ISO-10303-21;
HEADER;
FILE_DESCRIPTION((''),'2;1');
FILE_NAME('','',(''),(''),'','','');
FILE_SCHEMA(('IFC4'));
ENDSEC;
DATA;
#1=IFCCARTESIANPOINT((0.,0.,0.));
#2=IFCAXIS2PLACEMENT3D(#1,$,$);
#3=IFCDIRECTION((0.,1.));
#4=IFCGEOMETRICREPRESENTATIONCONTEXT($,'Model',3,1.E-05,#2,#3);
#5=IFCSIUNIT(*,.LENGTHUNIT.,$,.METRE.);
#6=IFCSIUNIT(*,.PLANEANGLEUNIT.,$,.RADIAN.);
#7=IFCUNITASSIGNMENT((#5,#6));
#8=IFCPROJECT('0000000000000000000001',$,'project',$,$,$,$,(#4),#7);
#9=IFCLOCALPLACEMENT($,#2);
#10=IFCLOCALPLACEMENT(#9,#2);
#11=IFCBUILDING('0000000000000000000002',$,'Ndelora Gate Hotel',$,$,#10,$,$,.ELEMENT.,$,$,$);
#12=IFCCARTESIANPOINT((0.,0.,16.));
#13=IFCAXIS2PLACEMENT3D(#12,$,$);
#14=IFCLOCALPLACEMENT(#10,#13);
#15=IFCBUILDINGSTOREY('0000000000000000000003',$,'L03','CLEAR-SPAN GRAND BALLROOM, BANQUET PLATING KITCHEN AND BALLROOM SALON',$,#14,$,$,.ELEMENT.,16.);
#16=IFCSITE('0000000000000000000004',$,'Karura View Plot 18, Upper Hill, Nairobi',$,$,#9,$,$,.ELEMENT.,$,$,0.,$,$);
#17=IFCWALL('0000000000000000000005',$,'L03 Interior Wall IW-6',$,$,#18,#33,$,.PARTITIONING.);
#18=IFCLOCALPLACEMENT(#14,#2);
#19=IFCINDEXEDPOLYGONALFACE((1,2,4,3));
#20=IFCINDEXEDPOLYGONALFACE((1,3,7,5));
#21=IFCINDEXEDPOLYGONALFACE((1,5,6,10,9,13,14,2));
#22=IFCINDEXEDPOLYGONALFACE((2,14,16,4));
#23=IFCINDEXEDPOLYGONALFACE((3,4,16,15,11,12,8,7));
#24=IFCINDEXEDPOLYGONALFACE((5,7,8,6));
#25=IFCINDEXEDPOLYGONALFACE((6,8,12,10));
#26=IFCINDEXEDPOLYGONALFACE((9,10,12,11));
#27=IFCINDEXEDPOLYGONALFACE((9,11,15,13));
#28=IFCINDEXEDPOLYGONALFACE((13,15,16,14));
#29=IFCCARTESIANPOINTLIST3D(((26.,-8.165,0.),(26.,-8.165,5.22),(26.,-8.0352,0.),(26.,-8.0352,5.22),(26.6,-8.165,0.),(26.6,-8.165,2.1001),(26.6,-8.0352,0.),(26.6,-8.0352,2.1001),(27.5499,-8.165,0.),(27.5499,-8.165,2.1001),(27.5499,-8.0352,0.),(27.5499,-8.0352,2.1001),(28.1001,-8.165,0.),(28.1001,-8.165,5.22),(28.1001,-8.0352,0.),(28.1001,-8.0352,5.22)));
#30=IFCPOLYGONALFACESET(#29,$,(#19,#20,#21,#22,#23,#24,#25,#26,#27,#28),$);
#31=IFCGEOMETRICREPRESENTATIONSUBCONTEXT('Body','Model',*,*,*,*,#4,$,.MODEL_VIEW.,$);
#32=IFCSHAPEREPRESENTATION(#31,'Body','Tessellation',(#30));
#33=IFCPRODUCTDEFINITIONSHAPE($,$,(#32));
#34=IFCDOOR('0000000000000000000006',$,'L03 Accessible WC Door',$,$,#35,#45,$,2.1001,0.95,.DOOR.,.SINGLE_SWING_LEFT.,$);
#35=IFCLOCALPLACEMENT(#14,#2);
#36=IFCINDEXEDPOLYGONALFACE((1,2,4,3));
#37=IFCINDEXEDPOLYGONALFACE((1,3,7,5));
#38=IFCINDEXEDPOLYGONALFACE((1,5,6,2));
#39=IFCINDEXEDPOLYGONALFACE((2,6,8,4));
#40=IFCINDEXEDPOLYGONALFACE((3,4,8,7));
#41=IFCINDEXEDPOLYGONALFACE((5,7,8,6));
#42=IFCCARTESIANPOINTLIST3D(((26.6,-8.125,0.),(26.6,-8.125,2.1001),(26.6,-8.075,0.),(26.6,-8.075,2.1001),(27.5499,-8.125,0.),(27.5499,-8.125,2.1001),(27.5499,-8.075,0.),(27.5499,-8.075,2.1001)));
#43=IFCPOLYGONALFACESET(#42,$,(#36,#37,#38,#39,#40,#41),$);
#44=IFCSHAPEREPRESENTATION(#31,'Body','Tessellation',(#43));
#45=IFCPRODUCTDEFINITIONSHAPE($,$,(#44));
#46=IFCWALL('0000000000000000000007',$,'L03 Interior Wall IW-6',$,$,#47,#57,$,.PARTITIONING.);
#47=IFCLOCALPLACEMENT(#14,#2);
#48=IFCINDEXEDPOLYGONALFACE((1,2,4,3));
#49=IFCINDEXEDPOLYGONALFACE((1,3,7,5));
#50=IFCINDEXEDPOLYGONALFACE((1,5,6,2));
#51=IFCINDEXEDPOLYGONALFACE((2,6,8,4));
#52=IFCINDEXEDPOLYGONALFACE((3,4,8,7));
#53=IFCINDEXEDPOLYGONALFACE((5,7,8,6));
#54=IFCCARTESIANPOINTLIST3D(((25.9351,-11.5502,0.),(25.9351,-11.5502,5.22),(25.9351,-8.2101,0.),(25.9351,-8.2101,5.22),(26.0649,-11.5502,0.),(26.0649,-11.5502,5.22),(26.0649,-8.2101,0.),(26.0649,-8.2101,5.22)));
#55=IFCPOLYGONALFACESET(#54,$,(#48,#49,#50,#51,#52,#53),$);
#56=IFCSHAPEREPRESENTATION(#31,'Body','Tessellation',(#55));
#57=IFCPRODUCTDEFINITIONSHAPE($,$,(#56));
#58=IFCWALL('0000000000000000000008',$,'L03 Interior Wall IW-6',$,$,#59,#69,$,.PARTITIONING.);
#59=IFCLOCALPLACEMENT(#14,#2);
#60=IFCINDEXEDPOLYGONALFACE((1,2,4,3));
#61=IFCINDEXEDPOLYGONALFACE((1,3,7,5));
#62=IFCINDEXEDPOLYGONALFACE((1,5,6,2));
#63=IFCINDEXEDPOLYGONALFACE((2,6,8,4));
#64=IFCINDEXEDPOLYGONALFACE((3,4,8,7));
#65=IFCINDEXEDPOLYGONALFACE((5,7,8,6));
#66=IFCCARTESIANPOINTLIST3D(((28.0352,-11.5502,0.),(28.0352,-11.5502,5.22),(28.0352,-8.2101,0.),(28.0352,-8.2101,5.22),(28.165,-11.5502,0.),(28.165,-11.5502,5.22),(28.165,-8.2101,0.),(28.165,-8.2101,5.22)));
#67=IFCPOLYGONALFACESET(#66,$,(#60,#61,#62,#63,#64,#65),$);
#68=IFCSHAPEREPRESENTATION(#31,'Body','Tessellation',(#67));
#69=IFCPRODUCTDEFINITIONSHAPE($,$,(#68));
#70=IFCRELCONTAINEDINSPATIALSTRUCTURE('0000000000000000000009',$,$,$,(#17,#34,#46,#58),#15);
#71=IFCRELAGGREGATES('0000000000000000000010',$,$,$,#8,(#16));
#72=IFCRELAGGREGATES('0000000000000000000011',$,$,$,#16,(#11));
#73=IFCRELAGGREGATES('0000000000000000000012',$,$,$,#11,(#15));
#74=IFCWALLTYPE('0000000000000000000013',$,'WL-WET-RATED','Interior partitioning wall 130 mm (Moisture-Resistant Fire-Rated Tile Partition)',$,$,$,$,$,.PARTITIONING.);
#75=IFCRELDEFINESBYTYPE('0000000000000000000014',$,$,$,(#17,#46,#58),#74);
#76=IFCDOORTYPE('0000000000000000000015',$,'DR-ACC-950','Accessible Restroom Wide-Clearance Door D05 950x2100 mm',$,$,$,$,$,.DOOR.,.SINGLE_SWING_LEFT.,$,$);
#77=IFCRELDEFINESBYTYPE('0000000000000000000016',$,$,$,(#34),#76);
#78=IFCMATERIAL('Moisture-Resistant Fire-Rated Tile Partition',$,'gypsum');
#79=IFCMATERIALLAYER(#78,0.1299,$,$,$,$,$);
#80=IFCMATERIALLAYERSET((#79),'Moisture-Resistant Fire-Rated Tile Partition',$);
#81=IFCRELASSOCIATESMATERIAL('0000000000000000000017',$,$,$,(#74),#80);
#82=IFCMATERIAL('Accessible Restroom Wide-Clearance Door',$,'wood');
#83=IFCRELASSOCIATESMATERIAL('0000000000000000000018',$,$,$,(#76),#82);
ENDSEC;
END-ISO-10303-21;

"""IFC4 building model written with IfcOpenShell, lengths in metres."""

from ifc_helpers import new_model, si_unit, direction, frame, frame_2d, origin, place, context, subcontext, project, spatial, rectangle, extrude, material, layer, layer_set, type_object, element, fill, save


model = new_model("IFC4")

# Units and contexts
model_context = context("Model", 3, precision=1e-05, world=origin(), true_north=direction((0.0, 1.0)))
body_context = subcontext(model_context, "Body", "Model", "MODEL_VIEW")
ifc_project = project(units=[si_unit("LENGTHUNIT", "METRE"), si_unit("PLANEANGLEUNIT", "RADIAN")], contexts=[model_context])

# Site, building, storey
site_placement = place(None, origin())
site = spatial("IfcSite", under=ifc_project, at=site_placement, Name="Karura View Plot 18, Upper Hill, Nairobi", CompositionType="ELEMENT", RefElevation=0.0)
building_placement = place(site_placement, origin())
building = spatial("IfcBuilding", under=site, at=building_placement, Name="Ndelora Gate Hotel", CompositionType="ELEMENT")
storey_placement = place(building_placement, frame((0.0, 0.0, 16.0)))
storey = spatial("IfcBuildingStorey", under=building, at=storey_placement, Name="L03", Description="CLEAR-SPAN GRAND BALLROOM, BANQUET PLATING KITCHEN AND BALLROOM SALON", CompositionType="ELEMENT", Elevation=16.0)

# Shared definitions
ifc_material_1 = material(Name="Moisture-Resistant Fire-Rated Tile Partition", Category="gypsum")
ifc_layer_1 = layer(ifc_material_1, 0.1299)
ifc_layer_set_1 = layer_set([ifc_layer_1], Name="Moisture-Resistant Fire-Rated Tile Partition")
wall_type_1 = type_object("IfcWallType", Name="WL-WET-RATED", Description="Interior partitioning wall 130 mm (Moisture-Resistant Fire-Rated Tile Partition)", PredefinedType="PARTITIONING", material=ifc_layer_set_1)
ifc_material_2 = material(Name="Accessible Restroom Wide-Clearance Door", Category="wood")
door_type = type_object("IfcDoorType", Name="DR-ACC-950", Description="Accessible Restroom Wide-Clearance Door D05 950x2100 mm", OperationType="SINGLE_SWING_LEFT", PredefinedType="DOOR", material=ifc_material_2)

# Wall, opening, door
wall_1_placement = place(storey_placement, frame((28.1001, -8.1001, 0.0), z_axis=(0.0, 0.0, 1.0), x_axis=(-1.0, 0.0, 0.0)))
wall_1 = element("IfcWall", 1, at=wall_1_placement, inside=storey, type_object=wall_type_1, Name="L03 Interior Wall IW-6", PredefinedType="PARTITIONING", context=body_context, shape_type="SweptSolid", body=[
    extrude(rectangle(XDim=2.1001, YDim=0.1299, at=frame_2d((1.05, 0.0))), origin(), (0.0, 0.0, 1.0), 5.22),
])
opening_1_placement = place(wall_1_placement, frame((0.55, 0.0, 0.0)))
opening_1 = element("IfcOpeningElement", 2, at=opening_1_placement, cuts=wall_1, PredefinedType="OPENING", context=body_context, shape_type="SweptSolid", body=[
    extrude(rectangle(XDim=0.95, YDim=2.1001, at=frame_2d((0.4751, 1.05))), frame((0.0, 0.075, 0.0), z_axis=(0.0, -1.0, 0.0), x_axis=(1.0, 0.0, 0.0)), (0.0, 0.0, 1.0), 0.1499),
])
door_1_placement = place(opening_1_placement, origin())
door_1 = element("IfcDoor", 3, at=door_1_placement, inside=storey, type_object=door_type, Name="L03 Accessible WC Door", OperationType="SINGLE_SWING_LEFT", OverallHeight=2.1001, OverallWidth=0.95, PredefinedType="DOOR", context=body_context, shape_type="SweptSolid", body=[
    extrude(rectangle(XDim=0.95, YDim=2.1001, at=frame_2d((0.4751, 1.05))), frame((0.0, 0.0249, 0.0), z_axis=(0.0, -1.0, 0.0), x_axis=(1.0, 0.0, 0.0)), (0.0, 0.0, 1.0), 0.05),
])
fill(opening_1, door_1)

# Walls
for number, where, z_axis, x_axis, name in (
    (4, (26.0, -11.55, 0.0), (0.0, 0.0, 1.0), (0.0, 1.0, 0.0), "L03 Interior Wall IW-6"),
    (5, (28.1001, -11.55, 0.0), (0.0, 0.0, 1.0), (0.0, 1.0, 0.0), "L03 Interior Wall IW-6"),
):
    element("IfcWall", number, at=place(storey_placement, frame(where, z_axis=z_axis, x_axis=x_axis)), inside=storey, type_object=wall_type_1, Name=name, PredefinedType="PARTITIONING", context=body_context, shape_type="SweptSolid", body=[
        extrude(rectangle(XDim=3.3401, YDim=0.1299, at=frame_2d((1.6699, 0.0))), origin(), (0.0, 0.0, 1.0), 5.22),
    ])

save(model, "model.ifc")
